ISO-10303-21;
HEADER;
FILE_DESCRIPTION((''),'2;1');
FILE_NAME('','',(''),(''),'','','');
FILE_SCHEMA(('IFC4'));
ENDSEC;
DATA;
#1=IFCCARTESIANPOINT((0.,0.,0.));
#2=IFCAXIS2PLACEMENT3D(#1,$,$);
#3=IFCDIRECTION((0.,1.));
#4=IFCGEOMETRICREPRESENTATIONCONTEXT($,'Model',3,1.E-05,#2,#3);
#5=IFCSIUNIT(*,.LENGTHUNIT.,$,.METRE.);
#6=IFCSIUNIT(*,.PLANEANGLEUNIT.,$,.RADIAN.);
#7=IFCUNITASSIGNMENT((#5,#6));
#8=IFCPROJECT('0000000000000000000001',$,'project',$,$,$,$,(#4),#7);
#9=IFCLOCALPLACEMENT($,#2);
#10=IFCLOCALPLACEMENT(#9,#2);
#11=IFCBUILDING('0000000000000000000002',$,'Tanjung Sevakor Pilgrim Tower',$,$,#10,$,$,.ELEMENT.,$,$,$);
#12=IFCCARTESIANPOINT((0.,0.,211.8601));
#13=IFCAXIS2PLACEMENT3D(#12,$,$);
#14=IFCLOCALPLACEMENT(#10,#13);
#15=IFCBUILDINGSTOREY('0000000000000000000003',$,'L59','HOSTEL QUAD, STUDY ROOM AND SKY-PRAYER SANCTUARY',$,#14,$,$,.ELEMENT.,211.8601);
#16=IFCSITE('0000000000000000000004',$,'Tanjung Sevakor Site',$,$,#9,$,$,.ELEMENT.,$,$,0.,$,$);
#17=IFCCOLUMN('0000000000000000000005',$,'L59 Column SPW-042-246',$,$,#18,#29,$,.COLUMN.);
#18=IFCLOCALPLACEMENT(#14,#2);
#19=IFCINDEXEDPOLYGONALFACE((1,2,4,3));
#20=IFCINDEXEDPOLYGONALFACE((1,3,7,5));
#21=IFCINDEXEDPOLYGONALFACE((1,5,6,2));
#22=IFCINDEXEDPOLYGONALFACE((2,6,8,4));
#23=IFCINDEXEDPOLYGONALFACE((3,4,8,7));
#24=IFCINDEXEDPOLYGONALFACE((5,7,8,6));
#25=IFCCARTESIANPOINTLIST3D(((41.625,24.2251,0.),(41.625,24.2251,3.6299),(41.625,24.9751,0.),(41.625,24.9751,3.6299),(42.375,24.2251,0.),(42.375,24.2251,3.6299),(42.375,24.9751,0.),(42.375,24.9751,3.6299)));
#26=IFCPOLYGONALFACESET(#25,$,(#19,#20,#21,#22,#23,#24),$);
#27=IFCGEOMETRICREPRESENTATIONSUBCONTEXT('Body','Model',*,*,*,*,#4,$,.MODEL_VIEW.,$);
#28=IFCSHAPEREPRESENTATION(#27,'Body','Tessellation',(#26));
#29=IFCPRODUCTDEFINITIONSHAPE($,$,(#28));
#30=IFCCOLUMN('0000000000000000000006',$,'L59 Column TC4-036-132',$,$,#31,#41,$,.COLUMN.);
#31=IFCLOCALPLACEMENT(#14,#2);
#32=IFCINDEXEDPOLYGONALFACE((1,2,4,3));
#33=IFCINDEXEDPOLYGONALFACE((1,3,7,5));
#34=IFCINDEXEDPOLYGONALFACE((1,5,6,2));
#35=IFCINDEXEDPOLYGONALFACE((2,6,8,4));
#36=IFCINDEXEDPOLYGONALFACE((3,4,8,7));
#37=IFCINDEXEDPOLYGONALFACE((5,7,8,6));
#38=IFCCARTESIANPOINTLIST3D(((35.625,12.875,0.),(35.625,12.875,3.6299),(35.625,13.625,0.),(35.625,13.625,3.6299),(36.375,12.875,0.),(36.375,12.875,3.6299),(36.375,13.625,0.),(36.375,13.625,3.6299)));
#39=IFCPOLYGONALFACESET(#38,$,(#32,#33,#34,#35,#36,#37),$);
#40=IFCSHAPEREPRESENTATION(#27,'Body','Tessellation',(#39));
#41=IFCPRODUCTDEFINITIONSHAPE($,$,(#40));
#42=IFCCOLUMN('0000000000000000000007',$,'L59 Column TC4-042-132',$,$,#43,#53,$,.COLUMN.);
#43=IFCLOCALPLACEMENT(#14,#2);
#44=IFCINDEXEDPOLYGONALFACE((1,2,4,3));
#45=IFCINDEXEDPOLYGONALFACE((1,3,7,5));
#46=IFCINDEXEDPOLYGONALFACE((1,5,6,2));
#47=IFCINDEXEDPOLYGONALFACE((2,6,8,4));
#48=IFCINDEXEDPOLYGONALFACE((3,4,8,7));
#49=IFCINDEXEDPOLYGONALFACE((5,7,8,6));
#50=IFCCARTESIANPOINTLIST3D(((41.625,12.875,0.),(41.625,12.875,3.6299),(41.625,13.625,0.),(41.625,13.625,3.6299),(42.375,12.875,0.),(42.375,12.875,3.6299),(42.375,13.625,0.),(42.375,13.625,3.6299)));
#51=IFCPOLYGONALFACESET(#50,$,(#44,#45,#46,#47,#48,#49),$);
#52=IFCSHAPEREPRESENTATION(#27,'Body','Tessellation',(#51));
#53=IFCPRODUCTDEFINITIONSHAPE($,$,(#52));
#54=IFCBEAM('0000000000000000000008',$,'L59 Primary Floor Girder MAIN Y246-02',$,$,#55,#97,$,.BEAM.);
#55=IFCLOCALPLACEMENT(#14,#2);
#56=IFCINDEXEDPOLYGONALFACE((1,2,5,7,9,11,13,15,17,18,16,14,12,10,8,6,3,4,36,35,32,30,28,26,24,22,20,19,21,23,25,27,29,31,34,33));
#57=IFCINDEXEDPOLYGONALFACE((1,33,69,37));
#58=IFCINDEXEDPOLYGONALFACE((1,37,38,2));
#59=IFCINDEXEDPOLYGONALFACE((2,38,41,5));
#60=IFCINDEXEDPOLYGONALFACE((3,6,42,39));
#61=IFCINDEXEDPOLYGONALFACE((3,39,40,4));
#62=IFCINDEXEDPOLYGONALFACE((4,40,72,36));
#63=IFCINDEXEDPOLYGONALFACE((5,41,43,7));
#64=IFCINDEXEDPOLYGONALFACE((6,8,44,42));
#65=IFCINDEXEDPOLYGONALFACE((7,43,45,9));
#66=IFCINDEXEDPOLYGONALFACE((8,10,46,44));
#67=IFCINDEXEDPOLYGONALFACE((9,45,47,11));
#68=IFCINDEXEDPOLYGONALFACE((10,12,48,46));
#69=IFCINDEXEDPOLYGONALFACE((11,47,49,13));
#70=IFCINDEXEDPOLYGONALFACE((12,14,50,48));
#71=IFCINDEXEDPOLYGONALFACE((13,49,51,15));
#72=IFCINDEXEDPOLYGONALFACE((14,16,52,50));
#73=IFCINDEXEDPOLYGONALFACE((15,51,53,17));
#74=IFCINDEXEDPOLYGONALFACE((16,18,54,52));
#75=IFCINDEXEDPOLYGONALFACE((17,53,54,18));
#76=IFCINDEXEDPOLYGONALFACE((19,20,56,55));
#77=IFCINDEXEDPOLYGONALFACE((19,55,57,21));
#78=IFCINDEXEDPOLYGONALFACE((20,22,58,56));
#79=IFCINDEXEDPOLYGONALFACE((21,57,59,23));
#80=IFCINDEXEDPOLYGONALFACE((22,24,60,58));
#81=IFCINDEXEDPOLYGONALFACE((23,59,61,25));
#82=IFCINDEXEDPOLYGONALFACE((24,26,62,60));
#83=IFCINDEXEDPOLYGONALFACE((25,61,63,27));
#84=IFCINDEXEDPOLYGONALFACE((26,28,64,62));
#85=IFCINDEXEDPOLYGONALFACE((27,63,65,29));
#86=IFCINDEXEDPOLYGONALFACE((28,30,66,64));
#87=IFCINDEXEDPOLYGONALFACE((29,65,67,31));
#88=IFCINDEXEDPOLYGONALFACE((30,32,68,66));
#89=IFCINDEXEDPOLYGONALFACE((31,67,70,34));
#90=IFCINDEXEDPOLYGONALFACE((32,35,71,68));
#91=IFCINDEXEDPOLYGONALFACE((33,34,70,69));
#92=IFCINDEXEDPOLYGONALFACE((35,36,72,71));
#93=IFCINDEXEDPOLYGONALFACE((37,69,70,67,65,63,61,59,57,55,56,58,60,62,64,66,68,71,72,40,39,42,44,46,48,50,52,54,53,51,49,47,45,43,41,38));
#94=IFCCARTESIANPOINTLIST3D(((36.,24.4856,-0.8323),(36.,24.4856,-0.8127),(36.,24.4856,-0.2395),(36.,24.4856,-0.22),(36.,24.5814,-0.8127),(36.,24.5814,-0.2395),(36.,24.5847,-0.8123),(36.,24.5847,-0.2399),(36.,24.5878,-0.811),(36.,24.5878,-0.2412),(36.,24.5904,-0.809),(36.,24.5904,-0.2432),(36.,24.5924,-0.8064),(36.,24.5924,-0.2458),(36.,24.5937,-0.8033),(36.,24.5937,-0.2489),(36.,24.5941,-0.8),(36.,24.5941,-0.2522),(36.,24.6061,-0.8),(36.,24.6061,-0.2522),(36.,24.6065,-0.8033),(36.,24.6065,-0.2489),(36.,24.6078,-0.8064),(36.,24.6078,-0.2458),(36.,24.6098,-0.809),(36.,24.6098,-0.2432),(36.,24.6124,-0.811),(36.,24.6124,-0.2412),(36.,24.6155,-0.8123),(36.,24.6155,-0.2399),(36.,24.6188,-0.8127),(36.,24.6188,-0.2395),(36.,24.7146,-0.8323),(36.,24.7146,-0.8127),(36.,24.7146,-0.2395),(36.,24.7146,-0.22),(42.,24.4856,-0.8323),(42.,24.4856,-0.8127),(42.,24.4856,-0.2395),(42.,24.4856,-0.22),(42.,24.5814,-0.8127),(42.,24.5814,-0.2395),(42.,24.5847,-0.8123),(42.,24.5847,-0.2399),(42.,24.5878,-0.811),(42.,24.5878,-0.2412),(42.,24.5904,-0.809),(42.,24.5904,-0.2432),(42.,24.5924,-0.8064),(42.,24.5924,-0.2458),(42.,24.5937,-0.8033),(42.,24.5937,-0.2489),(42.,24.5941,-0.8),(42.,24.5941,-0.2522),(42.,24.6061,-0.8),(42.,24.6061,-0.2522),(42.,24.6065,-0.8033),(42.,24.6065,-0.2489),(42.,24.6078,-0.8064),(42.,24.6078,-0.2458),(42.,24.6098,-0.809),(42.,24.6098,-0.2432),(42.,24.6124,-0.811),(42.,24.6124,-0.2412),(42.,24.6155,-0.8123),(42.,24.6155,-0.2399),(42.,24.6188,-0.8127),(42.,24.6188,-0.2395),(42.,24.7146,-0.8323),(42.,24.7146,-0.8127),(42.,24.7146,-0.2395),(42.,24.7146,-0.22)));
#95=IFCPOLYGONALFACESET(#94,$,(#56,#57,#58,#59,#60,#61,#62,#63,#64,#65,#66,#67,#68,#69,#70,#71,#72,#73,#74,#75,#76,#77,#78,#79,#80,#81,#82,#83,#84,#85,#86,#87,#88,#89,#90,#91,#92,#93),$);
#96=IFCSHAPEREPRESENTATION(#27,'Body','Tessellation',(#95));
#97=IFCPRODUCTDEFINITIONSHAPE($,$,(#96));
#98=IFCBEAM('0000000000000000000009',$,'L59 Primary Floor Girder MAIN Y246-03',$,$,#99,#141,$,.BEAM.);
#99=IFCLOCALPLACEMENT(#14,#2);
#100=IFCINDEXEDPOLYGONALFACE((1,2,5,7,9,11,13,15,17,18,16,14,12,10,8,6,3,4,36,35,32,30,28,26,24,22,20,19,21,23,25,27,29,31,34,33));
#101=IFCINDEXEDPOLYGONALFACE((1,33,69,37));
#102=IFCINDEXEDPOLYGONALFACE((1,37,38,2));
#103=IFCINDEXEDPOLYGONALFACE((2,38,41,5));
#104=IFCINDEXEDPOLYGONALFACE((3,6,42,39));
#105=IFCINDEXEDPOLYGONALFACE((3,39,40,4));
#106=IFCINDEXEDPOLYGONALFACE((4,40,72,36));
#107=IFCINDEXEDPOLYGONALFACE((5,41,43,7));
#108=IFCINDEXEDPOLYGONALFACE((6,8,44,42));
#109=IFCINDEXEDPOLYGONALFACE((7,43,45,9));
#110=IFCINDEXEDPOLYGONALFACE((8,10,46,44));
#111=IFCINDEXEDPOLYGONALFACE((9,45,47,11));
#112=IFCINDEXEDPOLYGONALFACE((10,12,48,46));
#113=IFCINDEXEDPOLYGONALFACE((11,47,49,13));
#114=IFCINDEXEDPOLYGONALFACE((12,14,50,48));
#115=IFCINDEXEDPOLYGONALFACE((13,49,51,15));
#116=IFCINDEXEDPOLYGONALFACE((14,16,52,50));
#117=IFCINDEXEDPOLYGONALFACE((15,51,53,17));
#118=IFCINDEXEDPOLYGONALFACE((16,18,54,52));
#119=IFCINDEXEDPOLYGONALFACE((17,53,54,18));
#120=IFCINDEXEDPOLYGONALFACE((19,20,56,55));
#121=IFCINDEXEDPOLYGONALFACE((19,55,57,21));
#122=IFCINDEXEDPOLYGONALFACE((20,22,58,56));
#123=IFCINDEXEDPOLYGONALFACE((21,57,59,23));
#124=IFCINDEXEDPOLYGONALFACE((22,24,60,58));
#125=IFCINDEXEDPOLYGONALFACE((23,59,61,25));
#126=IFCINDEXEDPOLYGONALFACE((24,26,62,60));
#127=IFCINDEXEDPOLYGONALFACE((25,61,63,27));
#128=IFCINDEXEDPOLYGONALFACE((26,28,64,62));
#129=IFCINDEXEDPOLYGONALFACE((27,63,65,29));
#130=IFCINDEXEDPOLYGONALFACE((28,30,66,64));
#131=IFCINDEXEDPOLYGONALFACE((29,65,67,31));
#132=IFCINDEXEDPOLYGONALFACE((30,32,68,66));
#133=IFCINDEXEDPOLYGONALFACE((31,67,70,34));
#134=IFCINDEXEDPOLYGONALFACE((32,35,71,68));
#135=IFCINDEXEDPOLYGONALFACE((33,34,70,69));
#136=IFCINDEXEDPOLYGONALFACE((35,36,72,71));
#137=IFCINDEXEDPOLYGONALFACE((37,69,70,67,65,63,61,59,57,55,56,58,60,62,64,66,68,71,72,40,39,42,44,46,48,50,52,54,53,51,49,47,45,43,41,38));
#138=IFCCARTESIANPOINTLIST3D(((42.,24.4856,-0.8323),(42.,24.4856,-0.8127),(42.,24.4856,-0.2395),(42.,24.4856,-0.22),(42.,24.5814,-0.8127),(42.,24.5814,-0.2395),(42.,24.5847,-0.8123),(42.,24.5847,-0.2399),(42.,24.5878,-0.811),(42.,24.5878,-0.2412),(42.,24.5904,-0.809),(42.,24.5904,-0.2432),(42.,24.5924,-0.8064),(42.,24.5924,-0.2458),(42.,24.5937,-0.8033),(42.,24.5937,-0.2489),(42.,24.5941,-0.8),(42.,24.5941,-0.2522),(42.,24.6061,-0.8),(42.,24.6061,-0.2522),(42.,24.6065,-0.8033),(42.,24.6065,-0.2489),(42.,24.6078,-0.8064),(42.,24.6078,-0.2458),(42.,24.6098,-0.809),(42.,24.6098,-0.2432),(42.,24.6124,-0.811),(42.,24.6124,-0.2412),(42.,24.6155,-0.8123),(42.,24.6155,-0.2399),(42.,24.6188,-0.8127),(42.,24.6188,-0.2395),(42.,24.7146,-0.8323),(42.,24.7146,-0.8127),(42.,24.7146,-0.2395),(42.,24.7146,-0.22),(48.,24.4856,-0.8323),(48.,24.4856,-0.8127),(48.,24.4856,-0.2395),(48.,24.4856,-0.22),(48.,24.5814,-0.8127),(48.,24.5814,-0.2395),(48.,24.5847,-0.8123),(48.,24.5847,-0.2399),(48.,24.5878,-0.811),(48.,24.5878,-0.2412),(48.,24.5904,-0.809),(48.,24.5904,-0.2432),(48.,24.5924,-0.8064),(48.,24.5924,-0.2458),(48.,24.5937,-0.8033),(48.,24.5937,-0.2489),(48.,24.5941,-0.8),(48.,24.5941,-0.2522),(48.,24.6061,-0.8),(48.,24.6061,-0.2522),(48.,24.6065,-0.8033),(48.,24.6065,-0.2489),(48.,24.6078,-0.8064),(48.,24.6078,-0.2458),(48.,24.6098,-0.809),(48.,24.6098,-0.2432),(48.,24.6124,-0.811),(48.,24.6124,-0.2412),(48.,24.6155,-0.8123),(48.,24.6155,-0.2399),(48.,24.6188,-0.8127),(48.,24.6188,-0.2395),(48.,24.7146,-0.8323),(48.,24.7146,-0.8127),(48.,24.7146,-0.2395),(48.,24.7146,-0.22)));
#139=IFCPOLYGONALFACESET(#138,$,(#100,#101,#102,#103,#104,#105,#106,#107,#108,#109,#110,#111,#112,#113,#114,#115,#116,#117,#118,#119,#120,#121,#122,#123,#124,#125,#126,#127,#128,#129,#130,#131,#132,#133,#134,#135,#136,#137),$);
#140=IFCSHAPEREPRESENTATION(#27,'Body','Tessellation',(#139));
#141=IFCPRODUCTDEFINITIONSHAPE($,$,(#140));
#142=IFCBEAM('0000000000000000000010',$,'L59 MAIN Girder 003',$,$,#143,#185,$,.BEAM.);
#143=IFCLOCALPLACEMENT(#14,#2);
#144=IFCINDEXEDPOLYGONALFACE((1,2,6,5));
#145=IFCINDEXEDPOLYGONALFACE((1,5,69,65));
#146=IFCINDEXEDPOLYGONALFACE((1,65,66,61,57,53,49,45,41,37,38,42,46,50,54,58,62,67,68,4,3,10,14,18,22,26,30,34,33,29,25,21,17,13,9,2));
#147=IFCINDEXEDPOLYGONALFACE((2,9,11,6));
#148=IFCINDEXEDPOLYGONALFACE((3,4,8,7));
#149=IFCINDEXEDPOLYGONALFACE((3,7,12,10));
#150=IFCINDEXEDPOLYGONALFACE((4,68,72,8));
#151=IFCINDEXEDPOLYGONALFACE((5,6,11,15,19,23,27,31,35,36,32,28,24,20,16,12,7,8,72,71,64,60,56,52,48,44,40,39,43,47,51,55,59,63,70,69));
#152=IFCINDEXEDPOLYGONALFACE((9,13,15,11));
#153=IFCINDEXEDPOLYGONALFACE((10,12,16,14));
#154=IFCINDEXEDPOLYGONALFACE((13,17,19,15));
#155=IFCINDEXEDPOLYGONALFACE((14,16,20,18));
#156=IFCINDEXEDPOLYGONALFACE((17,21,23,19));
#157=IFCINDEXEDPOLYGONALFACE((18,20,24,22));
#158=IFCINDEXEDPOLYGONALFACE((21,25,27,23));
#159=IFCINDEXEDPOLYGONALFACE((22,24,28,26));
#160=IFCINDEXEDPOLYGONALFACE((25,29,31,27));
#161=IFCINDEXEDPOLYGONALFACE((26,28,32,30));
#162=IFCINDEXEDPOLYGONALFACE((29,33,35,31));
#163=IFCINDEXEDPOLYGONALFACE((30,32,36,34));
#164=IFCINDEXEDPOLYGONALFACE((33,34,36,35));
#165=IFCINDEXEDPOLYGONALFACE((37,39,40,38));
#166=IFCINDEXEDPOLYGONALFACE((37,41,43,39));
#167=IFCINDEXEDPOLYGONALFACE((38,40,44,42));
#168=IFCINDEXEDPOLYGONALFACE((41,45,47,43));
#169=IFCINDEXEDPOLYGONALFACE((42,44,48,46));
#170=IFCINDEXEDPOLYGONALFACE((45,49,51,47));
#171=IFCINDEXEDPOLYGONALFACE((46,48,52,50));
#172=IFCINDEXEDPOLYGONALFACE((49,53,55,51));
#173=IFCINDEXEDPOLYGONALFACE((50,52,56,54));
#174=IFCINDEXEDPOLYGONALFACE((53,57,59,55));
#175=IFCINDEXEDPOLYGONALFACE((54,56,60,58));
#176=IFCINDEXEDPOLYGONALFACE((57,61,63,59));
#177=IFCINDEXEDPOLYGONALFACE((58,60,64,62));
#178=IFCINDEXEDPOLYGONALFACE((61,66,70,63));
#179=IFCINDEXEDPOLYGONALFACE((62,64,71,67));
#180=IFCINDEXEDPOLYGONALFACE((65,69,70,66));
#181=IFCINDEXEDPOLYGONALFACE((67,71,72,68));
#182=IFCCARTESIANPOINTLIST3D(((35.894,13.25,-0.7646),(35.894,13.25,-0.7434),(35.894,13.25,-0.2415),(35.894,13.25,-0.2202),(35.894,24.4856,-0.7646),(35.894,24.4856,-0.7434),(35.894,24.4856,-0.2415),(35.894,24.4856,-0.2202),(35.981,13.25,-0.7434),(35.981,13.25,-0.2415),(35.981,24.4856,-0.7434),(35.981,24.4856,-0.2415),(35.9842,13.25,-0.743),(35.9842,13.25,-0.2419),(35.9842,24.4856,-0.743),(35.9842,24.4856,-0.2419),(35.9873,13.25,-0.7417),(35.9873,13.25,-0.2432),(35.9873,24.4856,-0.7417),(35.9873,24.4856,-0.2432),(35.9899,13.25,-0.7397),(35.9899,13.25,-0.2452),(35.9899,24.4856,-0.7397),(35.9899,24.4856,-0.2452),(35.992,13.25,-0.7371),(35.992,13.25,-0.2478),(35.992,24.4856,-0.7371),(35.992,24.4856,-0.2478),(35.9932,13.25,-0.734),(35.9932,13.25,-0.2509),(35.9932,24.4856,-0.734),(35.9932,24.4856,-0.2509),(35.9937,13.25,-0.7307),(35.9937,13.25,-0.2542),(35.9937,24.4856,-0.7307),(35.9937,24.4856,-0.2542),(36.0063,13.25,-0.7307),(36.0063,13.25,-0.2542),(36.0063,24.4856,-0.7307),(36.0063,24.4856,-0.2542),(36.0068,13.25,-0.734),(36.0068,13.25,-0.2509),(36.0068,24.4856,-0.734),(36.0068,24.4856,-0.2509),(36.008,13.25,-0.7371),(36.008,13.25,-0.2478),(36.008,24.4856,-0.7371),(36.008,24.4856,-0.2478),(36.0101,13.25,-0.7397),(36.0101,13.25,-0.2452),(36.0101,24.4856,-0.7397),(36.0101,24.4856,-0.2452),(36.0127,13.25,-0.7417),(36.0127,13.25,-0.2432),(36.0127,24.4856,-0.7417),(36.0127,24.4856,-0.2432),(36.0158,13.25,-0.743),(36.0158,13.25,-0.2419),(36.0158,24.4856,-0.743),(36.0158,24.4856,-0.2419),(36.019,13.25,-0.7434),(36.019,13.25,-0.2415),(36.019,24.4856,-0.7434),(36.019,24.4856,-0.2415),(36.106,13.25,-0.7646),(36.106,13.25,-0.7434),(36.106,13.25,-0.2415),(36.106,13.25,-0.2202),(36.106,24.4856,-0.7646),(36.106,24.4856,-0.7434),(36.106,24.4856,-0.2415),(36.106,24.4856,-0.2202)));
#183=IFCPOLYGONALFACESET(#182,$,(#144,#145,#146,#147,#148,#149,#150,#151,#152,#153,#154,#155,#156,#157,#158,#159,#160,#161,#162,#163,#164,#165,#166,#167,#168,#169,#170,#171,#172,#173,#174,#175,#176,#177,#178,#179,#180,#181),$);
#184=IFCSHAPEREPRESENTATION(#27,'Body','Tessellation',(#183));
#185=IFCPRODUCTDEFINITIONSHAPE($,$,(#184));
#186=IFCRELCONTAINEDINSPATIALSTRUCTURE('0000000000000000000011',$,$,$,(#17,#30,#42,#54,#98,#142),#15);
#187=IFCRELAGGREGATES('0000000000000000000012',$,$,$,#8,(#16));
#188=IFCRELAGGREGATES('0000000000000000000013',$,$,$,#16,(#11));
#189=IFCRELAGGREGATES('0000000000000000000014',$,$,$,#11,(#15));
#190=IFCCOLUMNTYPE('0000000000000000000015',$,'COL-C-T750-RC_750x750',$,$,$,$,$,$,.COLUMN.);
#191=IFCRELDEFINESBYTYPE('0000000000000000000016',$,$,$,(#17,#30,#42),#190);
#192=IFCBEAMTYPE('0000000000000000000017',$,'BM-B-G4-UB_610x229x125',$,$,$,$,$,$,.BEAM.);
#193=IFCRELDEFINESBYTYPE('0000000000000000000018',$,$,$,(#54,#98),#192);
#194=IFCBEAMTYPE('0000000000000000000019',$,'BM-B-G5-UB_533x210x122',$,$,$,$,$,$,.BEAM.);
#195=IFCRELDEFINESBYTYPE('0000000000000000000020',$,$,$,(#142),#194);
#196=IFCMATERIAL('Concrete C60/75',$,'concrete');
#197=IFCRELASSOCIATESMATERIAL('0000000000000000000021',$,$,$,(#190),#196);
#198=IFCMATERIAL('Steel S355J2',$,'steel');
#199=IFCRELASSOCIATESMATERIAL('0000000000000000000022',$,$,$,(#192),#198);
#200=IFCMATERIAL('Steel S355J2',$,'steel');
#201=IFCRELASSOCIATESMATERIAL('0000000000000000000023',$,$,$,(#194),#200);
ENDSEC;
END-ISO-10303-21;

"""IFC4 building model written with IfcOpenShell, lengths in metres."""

from ifc_helpers import new_model, si_unit, direction, frame, origin, origin_2d, place, context, subcontext, project, spatial, rectangle, i_section, extrude, material, material_profile, profile_set, type_object, element, save


model = new_model("IFC4")

# Units and contexts
model_context = context("Model", 3, precision=1e-05, world=origin(), true_north=direction((0.0, 1.0)))
body_context = subcontext(model_context, "Body", "Model", "MODEL_VIEW")
ifc_project = project(units=[si_unit("LENGTHUNIT", "METRE"), si_unit("PLANEANGLEUNIT", "RADIAN")], contexts=[model_context])

# Site, building, storey
site_placement = place(None, origin())
site = spatial("IfcSite", under=ifc_project, at=site_placement, Name="Tanjung Sevakor Site", CompositionType="ELEMENT", RefElevation=0.0)
building_placement = place(site_placement, origin())
building = spatial("IfcBuilding", under=site, at=building_placement, Name="Tanjung Sevakor Pilgrim Tower", CompositionType="ELEMENT")
storey_placement = place(building_placement, frame((0.0, 0.0, 211.8601)))
storey = spatial("IfcBuildingStorey", under=building, at=storey_placement, Name="L59", Description="HOSTEL QUAD, STUDY ROOM AND SKY-PRAYER SANCTUARY", CompositionType="ELEMENT", Elevation=211.8601)

# Columns
ifc_material_1 = material(Name="Concrete C60/75", Category="concrete")
ifc_material_profile_1 = material_profile(ifc_material_1, rectangle(XDim=0.75, YDim=0.75, at=origin_2d()))
ifc_profile_set_1 = profile_set([ifc_material_profile_1], Name="Concrete C60/75")
column_type = type_object("IfcColumnType", Name="COL-C-T750-RC_750x750", PredefinedType="COLUMN", material=ifc_profile_set_1)
for number, where, z_axis, x_axis, name in (
    (1, (42.0, 24.6001, 0.0), (0.0, 0.0, 1.0), (1.0, 0.0, 0.0), "L59 Column SPW-042-246"),
    (2, (36.0, 13.25, 0.0), (0.0, 0.0, 1.0), (1.0, 0.0, 0.0), "L59 Column TC4-036-132"),
    (3, (42.0, 13.25, 0.0), (0.0, 0.0, 1.0), (1.0, 0.0, 0.0), "L59 Column TC4-042-132"),
):
    element("IfcColumn", number, at=place(storey_placement, frame(where, z_axis=z_axis, x_axis=x_axis)), inside=storey, type_object=column_type, Name=name, PredefinedType="COLUMN", context=body_context, shape_type="SweptSolid", body=[
        extrude(rectangle(XDim=0.75, YDim=0.75, at=origin_2d()), origin(), (0.0, 0.0, 1.0), 3.6299),
    ])

# Beams
ifc_material_2 = material(Name="Steel S355J2", Category="steel")
ifc_material_profile_2 = material_profile(ifc_material_2, i_section(OverallWidth=0.229, OverallDepth=0.6123, WebThickness=0.012, FlangeThickness=0.0195, FilletRadius=0.0127, at=origin_2d()))
ifc_profile_set_2 = profile_set([ifc_material_profile_2], Name="Steel S355J2")
beam_type_1 = type_object("IfcBeamType", Name="BM-B-G4-UB_610x229x125", PredefinedType="BEAM", material=ifc_profile_set_2)
for number, where, z_axis, x_axis, name in (
    (4, (36.0, 24.6001, -0.5261), (1.0, 0.0, 0.0), (0.0, 1.0, 0.0), "L59 Primary Floor Girder MAIN Y246-02"),
    (5, (42.0, 24.6001, -0.5261), (1.0, 0.0, 0.0), (0.0, 1.0, 0.0), "L59 Primary Floor Girder MAIN Y246-03"),
):
    element("IfcBeam", number, at=place(storey_placement, frame(where, z_axis=z_axis, x_axis=x_axis)), inside=storey, type_object=beam_type_1, Name=name, PredefinedType="BEAM", context=body_context, shape_type="SweptSolid", body=[
        extrude(i_section(OverallWidth=0.229, OverallDepth=0.6123, WebThickness=0.012, FlangeThickness=0.0195, FilletRadius=0.0127, at=origin_2d()), origin(), (0.0, 0.0, 1.0), 6.0),
    ])
ifc_material_3 = material(Name="Steel S355J2", Category="steel")
ifc_material_profile_3 = material_profile(ifc_material_3, i_section(OverallWidth=0.2119, OverallDepth=0.5444, WebThickness=0.0127, FlangeThickness=0.0212, FilletRadius=0.0127, at=origin_2d()))
ifc_profile_set_3 = profile_set([ifc_material_profile_3], Name="Steel S355J2")
beam_type_2 = type_object("IfcBeamType", Name="BM-B-G5-UB_533x210x122", PredefinedType="BEAM", material=ifc_profile_set_3)
beam_1_placement = place(storey_placement, frame((36.0, 13.25, -0.4924), z_axis=(0.0, 1.0, 0.0), x_axis=(-1.0, 0.0, 0.0)))
element("IfcBeam", 6, at=beam_1_placement, inside=storey, type_object=beam_type_2, Name="L59 MAIN Girder 003", PredefinedType="BEAM", context=body_context, shape_type="SweptSolid", body=[
    extrude(i_section(OverallWidth=0.2119, OverallDepth=0.5444, WebThickness=0.0127, FlangeThickness=0.0212, FilletRadius=0.0127, at=origin_2d()), origin(), (0.0, 0.0, 1.0), 11.2356),
])

save(model, "model.ifc")
